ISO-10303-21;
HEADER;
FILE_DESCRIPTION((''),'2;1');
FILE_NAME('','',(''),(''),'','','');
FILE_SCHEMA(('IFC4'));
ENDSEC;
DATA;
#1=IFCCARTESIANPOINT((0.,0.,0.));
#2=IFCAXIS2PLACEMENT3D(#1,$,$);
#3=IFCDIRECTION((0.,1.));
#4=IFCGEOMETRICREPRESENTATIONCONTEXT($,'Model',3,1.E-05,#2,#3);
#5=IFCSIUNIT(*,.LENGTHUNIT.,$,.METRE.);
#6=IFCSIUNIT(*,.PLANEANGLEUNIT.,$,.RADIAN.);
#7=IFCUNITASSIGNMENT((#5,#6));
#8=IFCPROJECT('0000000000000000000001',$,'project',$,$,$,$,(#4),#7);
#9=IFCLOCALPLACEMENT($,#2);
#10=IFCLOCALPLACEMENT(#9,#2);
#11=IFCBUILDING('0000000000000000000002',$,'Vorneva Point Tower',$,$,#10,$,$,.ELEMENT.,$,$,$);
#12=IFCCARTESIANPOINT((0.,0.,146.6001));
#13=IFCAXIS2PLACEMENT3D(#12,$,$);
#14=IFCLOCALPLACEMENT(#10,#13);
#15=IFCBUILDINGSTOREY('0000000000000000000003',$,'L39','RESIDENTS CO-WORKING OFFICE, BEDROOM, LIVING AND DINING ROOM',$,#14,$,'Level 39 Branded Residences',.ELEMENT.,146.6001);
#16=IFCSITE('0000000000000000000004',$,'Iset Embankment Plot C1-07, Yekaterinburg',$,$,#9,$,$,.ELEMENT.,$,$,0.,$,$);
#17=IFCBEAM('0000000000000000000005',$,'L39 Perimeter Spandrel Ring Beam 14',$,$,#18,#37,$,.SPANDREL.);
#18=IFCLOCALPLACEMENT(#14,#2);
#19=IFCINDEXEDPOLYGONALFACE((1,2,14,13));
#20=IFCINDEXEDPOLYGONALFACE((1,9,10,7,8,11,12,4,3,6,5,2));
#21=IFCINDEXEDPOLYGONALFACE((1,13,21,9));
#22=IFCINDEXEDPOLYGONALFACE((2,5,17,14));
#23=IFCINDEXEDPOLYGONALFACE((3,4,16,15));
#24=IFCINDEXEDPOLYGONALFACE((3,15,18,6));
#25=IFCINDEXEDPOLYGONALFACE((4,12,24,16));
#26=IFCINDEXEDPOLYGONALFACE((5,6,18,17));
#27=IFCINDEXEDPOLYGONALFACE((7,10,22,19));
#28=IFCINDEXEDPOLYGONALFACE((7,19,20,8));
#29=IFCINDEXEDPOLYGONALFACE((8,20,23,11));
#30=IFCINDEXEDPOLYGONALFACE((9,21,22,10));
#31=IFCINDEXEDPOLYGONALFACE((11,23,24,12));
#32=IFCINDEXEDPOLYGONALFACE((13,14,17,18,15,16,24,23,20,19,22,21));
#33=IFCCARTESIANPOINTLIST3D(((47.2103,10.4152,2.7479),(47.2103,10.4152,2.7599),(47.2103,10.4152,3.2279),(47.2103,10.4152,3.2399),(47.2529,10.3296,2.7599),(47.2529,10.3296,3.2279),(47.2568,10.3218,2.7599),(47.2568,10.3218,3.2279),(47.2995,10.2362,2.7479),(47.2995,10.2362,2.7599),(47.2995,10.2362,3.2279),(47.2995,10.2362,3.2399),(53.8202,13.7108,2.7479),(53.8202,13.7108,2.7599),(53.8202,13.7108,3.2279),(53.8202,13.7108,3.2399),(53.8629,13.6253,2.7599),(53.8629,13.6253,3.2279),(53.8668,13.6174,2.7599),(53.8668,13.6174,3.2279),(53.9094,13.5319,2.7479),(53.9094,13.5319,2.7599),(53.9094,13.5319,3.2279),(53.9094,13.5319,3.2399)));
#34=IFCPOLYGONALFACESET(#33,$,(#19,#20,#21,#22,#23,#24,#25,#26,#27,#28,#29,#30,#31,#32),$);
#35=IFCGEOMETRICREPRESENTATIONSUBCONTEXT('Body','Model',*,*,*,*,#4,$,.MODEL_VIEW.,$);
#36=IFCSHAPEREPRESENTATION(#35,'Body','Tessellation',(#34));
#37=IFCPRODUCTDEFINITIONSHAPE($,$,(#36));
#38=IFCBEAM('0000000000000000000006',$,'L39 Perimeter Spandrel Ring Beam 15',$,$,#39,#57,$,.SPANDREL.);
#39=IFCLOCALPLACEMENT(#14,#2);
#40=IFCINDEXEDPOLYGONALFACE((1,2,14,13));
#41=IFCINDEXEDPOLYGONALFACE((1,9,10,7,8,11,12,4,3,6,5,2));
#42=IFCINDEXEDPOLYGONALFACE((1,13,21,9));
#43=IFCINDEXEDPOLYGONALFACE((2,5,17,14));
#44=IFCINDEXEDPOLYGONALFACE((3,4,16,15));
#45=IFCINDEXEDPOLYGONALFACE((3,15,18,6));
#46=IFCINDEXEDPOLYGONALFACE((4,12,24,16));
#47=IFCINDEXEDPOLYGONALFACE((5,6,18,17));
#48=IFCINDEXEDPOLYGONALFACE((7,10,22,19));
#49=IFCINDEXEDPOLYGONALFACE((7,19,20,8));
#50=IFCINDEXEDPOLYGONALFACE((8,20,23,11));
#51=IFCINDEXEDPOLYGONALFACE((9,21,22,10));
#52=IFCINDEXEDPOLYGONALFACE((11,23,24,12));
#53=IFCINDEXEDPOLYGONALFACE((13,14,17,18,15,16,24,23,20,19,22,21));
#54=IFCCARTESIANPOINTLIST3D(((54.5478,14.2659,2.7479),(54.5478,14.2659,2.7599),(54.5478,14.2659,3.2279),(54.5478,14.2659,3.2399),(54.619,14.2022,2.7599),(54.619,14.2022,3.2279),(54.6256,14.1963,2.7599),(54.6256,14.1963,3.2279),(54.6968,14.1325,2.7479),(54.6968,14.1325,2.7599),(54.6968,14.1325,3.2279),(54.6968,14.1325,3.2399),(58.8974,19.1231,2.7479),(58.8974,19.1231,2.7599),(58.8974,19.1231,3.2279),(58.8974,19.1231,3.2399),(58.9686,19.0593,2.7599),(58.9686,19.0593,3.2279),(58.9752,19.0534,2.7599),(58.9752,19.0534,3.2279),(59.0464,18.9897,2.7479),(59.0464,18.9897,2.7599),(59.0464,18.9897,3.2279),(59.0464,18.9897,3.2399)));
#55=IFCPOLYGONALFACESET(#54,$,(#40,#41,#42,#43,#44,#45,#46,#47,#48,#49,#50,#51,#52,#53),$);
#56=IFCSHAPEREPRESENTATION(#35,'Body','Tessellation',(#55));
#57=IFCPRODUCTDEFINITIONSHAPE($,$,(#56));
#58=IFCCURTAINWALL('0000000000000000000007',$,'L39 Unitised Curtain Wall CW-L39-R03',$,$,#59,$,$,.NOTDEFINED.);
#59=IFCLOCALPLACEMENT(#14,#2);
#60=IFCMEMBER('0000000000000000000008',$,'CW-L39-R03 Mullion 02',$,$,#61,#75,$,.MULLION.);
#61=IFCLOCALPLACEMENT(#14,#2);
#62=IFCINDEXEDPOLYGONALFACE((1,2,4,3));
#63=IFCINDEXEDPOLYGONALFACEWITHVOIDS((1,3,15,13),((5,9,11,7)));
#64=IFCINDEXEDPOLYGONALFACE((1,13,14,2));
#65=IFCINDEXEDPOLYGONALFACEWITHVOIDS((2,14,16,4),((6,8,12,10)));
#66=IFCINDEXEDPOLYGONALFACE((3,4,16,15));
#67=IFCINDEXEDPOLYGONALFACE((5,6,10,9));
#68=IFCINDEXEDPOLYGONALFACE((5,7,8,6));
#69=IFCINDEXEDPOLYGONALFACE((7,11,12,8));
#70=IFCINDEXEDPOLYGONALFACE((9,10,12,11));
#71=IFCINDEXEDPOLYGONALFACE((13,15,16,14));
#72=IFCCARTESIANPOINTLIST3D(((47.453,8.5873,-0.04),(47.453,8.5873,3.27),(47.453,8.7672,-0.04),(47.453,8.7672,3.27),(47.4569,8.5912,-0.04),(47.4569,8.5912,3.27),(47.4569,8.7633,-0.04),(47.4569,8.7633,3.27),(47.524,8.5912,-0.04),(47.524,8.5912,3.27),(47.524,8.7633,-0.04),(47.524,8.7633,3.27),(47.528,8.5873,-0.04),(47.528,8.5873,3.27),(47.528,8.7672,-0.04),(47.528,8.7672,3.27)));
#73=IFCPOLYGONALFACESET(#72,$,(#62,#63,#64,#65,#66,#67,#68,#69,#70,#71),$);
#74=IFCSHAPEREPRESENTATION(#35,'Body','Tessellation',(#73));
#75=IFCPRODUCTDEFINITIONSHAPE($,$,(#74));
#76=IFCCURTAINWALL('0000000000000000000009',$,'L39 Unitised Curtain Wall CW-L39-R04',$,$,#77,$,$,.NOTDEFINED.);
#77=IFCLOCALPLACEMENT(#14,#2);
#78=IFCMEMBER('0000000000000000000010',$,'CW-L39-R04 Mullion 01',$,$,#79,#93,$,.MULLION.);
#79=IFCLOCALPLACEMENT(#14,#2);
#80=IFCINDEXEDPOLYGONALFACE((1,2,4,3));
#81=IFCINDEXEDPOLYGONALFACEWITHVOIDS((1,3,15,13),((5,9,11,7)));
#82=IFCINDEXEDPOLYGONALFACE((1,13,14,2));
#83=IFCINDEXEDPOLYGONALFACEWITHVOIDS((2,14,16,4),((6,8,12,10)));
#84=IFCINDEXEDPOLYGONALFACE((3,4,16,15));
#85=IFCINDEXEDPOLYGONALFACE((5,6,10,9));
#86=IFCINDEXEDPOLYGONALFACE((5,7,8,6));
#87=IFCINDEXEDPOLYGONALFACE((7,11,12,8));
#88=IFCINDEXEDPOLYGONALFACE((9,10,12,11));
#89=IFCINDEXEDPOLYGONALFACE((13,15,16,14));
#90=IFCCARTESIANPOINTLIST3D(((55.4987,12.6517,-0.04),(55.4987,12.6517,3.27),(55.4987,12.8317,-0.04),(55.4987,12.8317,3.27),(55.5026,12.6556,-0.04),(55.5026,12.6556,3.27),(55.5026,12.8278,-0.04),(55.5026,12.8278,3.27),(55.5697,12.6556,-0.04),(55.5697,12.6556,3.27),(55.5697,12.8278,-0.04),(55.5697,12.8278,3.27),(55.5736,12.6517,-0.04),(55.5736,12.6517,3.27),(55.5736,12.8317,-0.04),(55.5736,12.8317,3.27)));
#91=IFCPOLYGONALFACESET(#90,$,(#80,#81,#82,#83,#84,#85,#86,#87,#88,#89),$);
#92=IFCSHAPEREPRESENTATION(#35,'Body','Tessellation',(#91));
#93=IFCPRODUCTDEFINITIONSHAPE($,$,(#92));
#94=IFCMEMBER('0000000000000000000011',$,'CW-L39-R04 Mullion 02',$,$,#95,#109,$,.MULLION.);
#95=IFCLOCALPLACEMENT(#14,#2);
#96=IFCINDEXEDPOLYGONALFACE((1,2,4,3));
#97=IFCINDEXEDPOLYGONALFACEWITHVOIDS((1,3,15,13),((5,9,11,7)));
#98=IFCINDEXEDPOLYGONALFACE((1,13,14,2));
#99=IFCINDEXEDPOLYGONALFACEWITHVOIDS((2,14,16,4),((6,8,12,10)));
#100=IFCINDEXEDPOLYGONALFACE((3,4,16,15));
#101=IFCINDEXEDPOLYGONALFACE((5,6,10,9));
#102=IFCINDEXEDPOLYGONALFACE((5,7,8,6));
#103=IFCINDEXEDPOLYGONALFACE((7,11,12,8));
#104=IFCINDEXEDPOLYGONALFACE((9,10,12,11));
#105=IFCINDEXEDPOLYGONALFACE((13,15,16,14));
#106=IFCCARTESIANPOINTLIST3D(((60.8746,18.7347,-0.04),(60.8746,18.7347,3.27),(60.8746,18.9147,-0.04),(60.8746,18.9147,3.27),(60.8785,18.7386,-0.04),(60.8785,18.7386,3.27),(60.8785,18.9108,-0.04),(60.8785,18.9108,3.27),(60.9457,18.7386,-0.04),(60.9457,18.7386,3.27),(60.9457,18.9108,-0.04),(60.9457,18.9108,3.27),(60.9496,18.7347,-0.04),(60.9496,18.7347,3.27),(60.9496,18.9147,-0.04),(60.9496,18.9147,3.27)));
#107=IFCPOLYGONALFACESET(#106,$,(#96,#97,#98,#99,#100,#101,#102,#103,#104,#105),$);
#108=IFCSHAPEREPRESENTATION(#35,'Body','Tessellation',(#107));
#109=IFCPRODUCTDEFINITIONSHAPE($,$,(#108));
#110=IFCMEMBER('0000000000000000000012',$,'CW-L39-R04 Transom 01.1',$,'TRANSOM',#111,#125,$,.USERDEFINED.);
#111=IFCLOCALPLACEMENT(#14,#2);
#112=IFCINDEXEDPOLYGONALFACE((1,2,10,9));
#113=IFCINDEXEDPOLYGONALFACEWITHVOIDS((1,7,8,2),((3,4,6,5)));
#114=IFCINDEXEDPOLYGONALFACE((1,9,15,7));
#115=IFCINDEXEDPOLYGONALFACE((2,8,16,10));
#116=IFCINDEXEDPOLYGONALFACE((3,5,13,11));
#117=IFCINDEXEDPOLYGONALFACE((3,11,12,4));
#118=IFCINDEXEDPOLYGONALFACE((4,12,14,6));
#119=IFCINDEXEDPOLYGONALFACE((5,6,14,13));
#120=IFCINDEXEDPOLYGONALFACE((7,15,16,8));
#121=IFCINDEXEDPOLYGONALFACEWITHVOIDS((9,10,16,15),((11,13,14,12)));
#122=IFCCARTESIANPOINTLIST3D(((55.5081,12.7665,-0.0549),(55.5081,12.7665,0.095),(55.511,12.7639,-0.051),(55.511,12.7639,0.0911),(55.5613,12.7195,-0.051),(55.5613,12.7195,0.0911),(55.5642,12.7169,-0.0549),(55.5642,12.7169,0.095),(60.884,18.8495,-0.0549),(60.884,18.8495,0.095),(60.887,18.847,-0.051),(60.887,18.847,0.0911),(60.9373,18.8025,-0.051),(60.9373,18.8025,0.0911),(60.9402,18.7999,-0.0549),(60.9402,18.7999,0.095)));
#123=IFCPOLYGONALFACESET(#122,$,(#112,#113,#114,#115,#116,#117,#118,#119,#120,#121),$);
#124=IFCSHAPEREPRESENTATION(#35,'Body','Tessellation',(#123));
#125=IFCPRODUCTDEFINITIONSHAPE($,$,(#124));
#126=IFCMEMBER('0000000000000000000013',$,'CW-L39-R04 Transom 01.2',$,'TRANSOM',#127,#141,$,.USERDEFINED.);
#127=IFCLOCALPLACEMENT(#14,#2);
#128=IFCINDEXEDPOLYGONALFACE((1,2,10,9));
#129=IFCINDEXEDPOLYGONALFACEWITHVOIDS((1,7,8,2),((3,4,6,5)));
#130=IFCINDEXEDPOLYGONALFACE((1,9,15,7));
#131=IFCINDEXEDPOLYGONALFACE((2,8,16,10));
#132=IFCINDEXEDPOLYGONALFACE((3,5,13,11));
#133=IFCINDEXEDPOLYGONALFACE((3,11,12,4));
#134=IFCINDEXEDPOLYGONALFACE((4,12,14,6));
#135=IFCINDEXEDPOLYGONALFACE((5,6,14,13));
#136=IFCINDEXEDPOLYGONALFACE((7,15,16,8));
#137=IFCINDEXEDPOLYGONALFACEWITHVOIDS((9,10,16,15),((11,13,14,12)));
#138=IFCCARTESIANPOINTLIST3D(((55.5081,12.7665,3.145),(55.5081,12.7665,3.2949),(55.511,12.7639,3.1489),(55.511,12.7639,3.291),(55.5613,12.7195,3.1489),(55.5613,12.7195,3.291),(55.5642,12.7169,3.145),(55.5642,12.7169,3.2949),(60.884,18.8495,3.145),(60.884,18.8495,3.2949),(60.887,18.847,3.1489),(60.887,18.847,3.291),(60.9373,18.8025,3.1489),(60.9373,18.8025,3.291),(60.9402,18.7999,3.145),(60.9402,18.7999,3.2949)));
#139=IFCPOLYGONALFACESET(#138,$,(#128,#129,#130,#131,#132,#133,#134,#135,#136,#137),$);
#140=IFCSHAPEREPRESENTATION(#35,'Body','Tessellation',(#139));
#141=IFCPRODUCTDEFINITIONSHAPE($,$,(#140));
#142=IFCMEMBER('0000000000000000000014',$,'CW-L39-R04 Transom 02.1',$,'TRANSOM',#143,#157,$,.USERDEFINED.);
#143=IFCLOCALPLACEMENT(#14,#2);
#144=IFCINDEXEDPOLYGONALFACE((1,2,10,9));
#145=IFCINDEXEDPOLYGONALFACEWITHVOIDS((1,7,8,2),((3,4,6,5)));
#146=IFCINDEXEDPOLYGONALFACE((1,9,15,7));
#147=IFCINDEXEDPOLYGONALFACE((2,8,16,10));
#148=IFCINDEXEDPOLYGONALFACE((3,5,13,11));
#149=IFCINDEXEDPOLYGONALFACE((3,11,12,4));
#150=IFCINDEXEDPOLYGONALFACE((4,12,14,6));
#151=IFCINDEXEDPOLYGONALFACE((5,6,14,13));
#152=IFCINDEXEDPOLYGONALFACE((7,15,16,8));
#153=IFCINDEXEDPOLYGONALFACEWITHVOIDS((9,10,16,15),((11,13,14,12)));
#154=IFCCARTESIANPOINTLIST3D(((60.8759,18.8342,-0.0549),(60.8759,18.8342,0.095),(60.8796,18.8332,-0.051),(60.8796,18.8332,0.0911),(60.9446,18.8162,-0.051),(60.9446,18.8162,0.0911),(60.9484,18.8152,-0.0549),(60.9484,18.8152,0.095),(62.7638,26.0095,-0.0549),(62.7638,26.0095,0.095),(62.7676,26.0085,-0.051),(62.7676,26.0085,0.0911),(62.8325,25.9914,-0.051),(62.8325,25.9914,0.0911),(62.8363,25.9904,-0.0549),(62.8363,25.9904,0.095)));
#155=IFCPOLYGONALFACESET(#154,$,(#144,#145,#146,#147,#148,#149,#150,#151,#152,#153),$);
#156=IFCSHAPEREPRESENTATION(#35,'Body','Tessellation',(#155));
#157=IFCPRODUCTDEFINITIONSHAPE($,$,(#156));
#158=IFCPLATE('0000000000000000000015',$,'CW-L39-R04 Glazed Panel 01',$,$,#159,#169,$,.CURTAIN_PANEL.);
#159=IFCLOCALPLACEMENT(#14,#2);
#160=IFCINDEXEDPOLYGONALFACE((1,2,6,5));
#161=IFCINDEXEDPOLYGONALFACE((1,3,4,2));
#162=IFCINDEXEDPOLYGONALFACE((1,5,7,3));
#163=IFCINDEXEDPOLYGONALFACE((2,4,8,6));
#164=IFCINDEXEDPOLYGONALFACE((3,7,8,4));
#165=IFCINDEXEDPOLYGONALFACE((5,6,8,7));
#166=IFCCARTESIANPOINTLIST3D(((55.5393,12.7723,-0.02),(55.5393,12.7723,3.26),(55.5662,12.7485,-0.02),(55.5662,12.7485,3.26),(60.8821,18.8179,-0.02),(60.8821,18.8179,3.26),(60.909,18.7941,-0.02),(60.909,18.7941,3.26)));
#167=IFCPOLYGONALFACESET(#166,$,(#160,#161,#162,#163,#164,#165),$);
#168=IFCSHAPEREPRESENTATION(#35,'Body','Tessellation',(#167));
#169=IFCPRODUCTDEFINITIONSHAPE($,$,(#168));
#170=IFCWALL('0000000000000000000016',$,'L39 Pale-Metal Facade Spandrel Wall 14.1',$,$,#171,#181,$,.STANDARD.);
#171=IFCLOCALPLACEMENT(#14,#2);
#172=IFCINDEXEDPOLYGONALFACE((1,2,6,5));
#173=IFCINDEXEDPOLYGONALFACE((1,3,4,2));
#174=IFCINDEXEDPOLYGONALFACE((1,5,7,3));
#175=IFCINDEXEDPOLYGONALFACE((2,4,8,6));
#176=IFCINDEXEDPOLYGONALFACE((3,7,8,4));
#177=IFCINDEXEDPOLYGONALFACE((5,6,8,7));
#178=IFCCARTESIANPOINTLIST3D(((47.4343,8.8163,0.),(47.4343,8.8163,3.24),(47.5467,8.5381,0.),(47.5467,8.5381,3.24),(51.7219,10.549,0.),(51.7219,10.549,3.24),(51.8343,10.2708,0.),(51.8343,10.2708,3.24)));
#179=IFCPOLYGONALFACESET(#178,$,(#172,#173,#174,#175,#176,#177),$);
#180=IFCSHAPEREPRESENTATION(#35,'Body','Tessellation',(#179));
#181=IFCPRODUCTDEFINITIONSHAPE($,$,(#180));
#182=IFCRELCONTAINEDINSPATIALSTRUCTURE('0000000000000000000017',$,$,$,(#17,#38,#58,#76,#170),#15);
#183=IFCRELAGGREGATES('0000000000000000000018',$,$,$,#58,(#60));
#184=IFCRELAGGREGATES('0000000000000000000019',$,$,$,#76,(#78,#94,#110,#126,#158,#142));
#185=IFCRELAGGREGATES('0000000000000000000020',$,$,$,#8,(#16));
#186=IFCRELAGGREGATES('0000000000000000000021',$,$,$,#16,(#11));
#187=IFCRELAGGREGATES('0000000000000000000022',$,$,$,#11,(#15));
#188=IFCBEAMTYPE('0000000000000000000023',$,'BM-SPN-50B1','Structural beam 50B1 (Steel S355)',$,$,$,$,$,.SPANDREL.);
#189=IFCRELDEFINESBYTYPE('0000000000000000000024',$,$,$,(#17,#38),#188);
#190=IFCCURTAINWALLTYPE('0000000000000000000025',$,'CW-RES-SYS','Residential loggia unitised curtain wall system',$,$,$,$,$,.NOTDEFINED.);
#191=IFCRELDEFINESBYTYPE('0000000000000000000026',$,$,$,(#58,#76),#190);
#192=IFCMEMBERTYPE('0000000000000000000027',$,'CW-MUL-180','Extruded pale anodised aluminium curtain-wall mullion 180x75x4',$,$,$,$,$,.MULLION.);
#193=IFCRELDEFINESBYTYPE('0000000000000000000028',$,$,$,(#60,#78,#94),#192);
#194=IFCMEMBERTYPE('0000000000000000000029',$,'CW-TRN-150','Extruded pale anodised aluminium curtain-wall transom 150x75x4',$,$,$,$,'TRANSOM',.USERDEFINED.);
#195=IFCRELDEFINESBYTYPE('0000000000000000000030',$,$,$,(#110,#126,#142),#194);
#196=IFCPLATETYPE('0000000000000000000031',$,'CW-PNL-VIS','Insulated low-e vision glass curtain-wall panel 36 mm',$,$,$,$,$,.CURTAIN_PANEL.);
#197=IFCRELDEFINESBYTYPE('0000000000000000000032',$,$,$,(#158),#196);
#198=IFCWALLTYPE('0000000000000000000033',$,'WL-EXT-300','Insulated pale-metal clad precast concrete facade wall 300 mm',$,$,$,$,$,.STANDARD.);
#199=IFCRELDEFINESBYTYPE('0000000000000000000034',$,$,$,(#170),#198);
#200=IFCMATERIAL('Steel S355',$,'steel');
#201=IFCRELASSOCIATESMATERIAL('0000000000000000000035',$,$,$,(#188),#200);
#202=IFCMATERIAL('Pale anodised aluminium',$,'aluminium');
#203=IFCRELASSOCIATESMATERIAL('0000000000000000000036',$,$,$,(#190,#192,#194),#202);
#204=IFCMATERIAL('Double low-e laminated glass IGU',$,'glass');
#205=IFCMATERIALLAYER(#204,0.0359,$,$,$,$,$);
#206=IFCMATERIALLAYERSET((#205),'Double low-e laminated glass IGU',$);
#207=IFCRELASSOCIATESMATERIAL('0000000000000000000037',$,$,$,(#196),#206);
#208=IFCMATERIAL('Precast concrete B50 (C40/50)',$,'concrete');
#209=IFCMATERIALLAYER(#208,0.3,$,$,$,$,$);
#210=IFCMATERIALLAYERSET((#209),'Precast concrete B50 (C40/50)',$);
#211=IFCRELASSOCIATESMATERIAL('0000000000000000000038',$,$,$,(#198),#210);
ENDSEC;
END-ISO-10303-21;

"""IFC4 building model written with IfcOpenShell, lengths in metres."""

from ifc_helpers import new_model, si_unit, direction, frame, frame_2d, origin, origin_2d, place, context, subcontext, project, spatial, rectangle, hollow_rectangle, i_section, extrude, material, layer, layer_set, material_profile, profile_set, type_object, element, aggregate, save


model = new_model("IFC4")

# Units and contexts
model_context = context("Model", 3, precision=1e-05, world=origin(), true_north=direction((0.0, 1.0)))
body_context = subcontext(model_context, "Body", "Model", "MODEL_VIEW")
ifc_project = project(units=[si_unit("LENGTHUNIT", "METRE"), si_unit("PLANEANGLEUNIT", "RADIAN")], contexts=[model_context])

# Site, building, storey
site_placement = place(None, origin())
site = spatial("IfcSite", under=ifc_project, at=site_placement, Name="Iset Embankment Plot C1-07, Yekaterinburg", CompositionType="ELEMENT", RefElevation=0.0)
building_placement = place(site_placement, origin())
building = spatial("IfcBuilding", under=site, at=building_placement, Name="Vorneva Point Tower", CompositionType="ELEMENT")
storey_placement = place(building_placement, frame((0.0, 0.0, 146.6001)))
storey = spatial("IfcBuildingStorey", under=building, at=storey_placement, Name="L39", Description="RESIDENTS CO-WORKING OFFICE, BEDROOM, LIVING AND DINING ROOM", LongName="Level 39 Branded Residences", CompositionType="ELEMENT", Elevation=146.6001)

# Beams
ifc_material_1 = material(Name="Steel S355", Category="steel")
ifc_material_profile_1 = material_profile(ifc_material_1, i_section(OverallWidth=0.2, OverallDepth=0.4919, WebThickness=0.0088, FlangeThickness=0.012, at=origin_2d()), Name="50B1")
ifc_profile_set_1 = profile_set([ifc_material_profile_1], Name="Steel S355")
beam_type_1 = type_object("IfcBeamType", Name="BM-SPN-50B1", Description="Structural beam 50B1 (Steel S355)", PredefinedType="SPANDREL", material=ifc_profile_set_1)
beam_1_placement = place(storey_placement, frame((47.2549, 10.3257, 2.9939), z_axis=(0.894929, 0.446208, 0.0), x_axis=(-0.446208, 0.894929, 0.0)))
element("IfcBeam", 1, at=beam_1_placement, inside=storey, type_object=beam_type_1, Name="L39 Perimeter Spandrel Ring Beam 14", PredefinedType="SPANDREL", context=body_context, shape_type="SweptSolid", body=[
    extrude(i_section(OverallWidth=0.2, OverallDepth=0.4919, WebThickness=0.0088, FlangeThickness=0.012, at=origin_2d()), origin(), (0.0, 0.0, 1.0), 7.386),
])
beam_2_placement = place(storey_placement, frame((54.6223, 14.1992, 2.9939), z_axis=(0.667111, 0.744958, 0.0), x_axis=(-0.744958, 0.667111, 0.0)))
element("IfcBeam", 2, at=beam_2_placement, inside=storey, type_object=beam_type_1, Name="L39 Perimeter Spandrel Ring Beam 15", PredefinedType="SPANDREL", context=body_context, shape_type="SweptSolid", body=[
    extrude(i_section(OverallWidth=0.2, OverallDepth=0.4919, WebThickness=0.0088, FlangeThickness=0.012, at=origin_2d()), origin(), (0.0, 0.0, 1.0), 6.52),
])

# Curtain wall, member
ifc_material_2 = material(Name="Pale anodised aluminium", Category="aluminium")
curtain_wall_type = type_object("IfcCurtainWallType", Name="CW-RES-SYS", Description="Residential loggia unitised curtain wall system", PredefinedType="NOTDEFINED", material=ifc_material_2)
curtain_wall_1_placement = place(storey_placement, origin())
curtain_wall_1 = element("IfcCurtainWall", 3, at=curtain_wall_1_placement, inside=storey, type_object=curtain_wall_type, Name="L39 Unitised Curtain Wall CW-L39-R03", PredefinedType="NOTDEFINED")
ifc_material_profile_2 = material_profile(ifc_material_2, hollow_rectangle(XDim=0.075, YDim=0.1799, WallThickness=0.0039, at=origin_2d()), Name="AL-MUL 180x75x4")
ifc_profile_set_2 = profile_set([ifc_material_profile_2], Name="Pale anodised aluminium")
member_type_1 = type_object("IfcMemberType", Name="CW-MUL-180", Description="Extruded pale anodised aluminium curtain-wall mullion 180x75x4", PredefinedType="MULLION", material=ifc_profile_set_2)
member_1_placement = place(storey_placement, frame((47.4905, 8.6772, -0.04), z_axis=(0.0, 0.0, 1.0), x_axis=(1.0, 0.0, 0.0)))
member_1 = element("IfcMember", 4, at=member_1_placement, type_object=member_type_1, Name="CW-L39-R03 Mullion 02", PredefinedType="MULLION", context=body_context, shape_type="SweptSolid", body=[
    extrude(hollow_rectangle(XDim=0.075, YDim=0.1799, WallThickness=0.0039, at=origin_2d()), origin(), (0.0, 0.0, 1.0), 3.3101),
])
aggregate(curtain_wall_1, [member_1])

# Curtain wall, members, plate
curtain_wall_2_placement = place(storey_placement, origin())
curtain_wall_2 = element("IfcCurtainWall", 5, at=curtain_wall_2_placement, inside=storey, type_object=curtain_wall_type, Name="L39 Unitised Curtain Wall CW-L39-R04", PredefinedType="NOTDEFINED")
member_2_placement = place(storey_placement, frame((55.5361, 12.7417, -0.04), z_axis=(0.0, 0.0, 1.0), x_axis=(1.0, 0.0, 0.0)))
member_2 = element("IfcMember", 6, at=member_2_placement, type_object=member_type_1, Name="CW-L39-R04 Mullion 01", PredefinedType="MULLION", context=body_context, shape_type="SweptSolid", body=[
    extrude(hollow_rectangle(XDim=0.075, YDim=0.1799, WallThickness=0.0039, at=origin_2d()), origin(), (0.0, 0.0, 1.0), 3.3101),
])
member_3_placement = place(storey_placement, frame((60.9121, 18.8247, -0.04), z_axis=(0.0, 0.0, 1.0), x_axis=(1.0, 0.0, 0.0)))
member_3 = element("IfcMember", 7, at=member_3_placement, type_object=member_type_1, Name="CW-L39-R04 Mullion 02", PredefinedType="MULLION", context=body_context, shape_type="SweptSolid", body=[
    extrude(hollow_rectangle(XDim=0.075, YDim=0.1799, WallThickness=0.0039, at=origin_2d()), origin(), (0.0, 0.0, 1.0), 3.3101),
])
ifc_material_profile_3 = material_profile(ifc_material_2, hollow_rectangle(XDim=0.075, YDim=0.1499, WallThickness=0.0039, at=origin_2d()), Name="AL-TRN 150x75x4")
ifc_profile_set_3 = profile_set([ifc_material_profile_3], Name="Pale anodised aluminium")
member_type_2 = type_object("IfcMemberType", Name="CW-TRN-150", Description="Extruded pale anodised aluminium curtain-wall transom 150x75x4", ElementType="TRANSOM", PredefinedType="USERDEFINED", material=ifc_profile_set_3)
member_4_placement = place(storey_placement, frame((55.5361, 12.7417, 0.02), z_axis=(0.662218, 0.749311, 0.0), x_axis=(-0.749311, 0.662218, 0.0)))
member_4 = element("IfcMember", 8, at=member_4_placement, type_object=member_type_2, Name="CW-L39-R04 Transom 01.1", ObjectType="TRANSOM", PredefinedType="USERDEFINED", context=body_context, shape_type="SweptSolid", body=[
    extrude(hollow_rectangle(XDim=0.075, YDim=0.1499, WallThickness=0.0039, at=origin_2d()), origin(), (0.0, 0.0, 1.0), 8.1182),
])
member_5_placement = place(storey_placement, frame((55.5361, 12.7417, 3.22), z_axis=(0.662218, 0.749311, 0.0), x_axis=(-0.749311, 0.662218, 0.0)))
member_5 = element("IfcMember", 9, at=member_5_placement, type_object=member_type_2, Name="CW-L39-R04 Transom 01.2", ObjectType="TRANSOM", PredefinedType="USERDEFINED", context=body_context, shape_type="SweptSolid", body=[
    extrude(hollow_rectangle(XDim=0.075, YDim=0.1499, WallThickness=0.0039, at=origin_2d()), origin(), (0.0, 0.0, 1.0), 8.1182),
])
member_6_placement = place(storey_placement, frame((60.9121, 18.8247, 0.02), z_axis=(0.254456, 0.967084, 0.0), x_axis=(-0.967084, 0.254456, 0.0)))
member_6 = element("IfcMember", 10, at=member_6_placement, type_object=member_type_2, Name="CW-L39-R04 Transom 02.1", ObjectType="TRANSOM", PredefinedType="USERDEFINED", context=body_context, shape_type="SweptSolid", body=[
    extrude(hollow_rectangle(XDim=0.075, YDim=0.1499, WallThickness=0.0039, at=origin_2d()), origin(), (0.0, 0.0, 1.0), 7.4194),
])
ifc_material_3 = material(Name="Double low-e laminated glass IGU", Category="glass")
ifc_layer_1 = layer(ifc_material_3, 0.0359)
ifc_layer_set_1 = layer_set([ifc_layer_1], Name="Double low-e laminated glass IGU")
plate_type = type_object("IfcPlateType", Name="CW-PNL-VIS", Description="Insulated low-e vision glass curtain-wall panel 36 mm", PredefinedType="CURTAIN_PANEL", material=ifc_layer_set_1)
plate_placement = place(storey_placement, frame((58.2241, 15.7832, -0.02), z_axis=(0.0, 0.0, 1.0), x_axis=(0.662215, 0.749314, 0.0)))
plate = element("IfcPlate", 11, at=plate_placement, type_object=plate_type, Name="CW-L39-R04 Glazed Panel 01", PredefinedType="CURTAIN_PANEL", context=body_context, shape_type="SweptSolid", body=[
    extrude(rectangle(XDim=8.0681, YDim=0.0359, at=origin_2d()), origin(), (0.0, 0.0, 1.0), 3.28),
])
aggregate(curtain_wall_2, [member_2, member_3, member_4, member_5, plate, member_6])

# Wall
ifc_material_4 = material(Name="Precast concrete B50 (C40/50)", Category="concrete")
ifc_layer_2 = layer(ifc_material_4, 0.3)
ifc_layer_set_2 = layer_set([ifc_layer_2], Name="Precast concrete B50 (C40/50)")
wall_type_1 = type_object("IfcWallType", Name="WL-EXT-300", Description="Insulated pale-metal clad precast concrete facade wall 300 mm", PredefinedType="STANDARD", material=ifc_layer_set_2)
wall_1_placement = place(storey_placement, frame((47.4905, 8.6772, 0.0), z_axis=(0.0, 0.0, 1.0), x_axis=(0.927157, 0.374674, 0.0)))
element("IfcWall", 12, at=wall_1_placement, inside=storey, type_object=wall_type_1, Name="L39 Pale-Metal Facade Spandrel Wall 14.1", PredefinedType="STANDARD", context=body_context, shape_type="SweptSolid", body=[
    extrude(rectangle(XDim=4.6245, YDim=0.3, at=frame_2d((2.3123, 0.0))), origin(), (0.0, 0.0, 1.0), 3.24),
])

save(model, "model.ifc")
